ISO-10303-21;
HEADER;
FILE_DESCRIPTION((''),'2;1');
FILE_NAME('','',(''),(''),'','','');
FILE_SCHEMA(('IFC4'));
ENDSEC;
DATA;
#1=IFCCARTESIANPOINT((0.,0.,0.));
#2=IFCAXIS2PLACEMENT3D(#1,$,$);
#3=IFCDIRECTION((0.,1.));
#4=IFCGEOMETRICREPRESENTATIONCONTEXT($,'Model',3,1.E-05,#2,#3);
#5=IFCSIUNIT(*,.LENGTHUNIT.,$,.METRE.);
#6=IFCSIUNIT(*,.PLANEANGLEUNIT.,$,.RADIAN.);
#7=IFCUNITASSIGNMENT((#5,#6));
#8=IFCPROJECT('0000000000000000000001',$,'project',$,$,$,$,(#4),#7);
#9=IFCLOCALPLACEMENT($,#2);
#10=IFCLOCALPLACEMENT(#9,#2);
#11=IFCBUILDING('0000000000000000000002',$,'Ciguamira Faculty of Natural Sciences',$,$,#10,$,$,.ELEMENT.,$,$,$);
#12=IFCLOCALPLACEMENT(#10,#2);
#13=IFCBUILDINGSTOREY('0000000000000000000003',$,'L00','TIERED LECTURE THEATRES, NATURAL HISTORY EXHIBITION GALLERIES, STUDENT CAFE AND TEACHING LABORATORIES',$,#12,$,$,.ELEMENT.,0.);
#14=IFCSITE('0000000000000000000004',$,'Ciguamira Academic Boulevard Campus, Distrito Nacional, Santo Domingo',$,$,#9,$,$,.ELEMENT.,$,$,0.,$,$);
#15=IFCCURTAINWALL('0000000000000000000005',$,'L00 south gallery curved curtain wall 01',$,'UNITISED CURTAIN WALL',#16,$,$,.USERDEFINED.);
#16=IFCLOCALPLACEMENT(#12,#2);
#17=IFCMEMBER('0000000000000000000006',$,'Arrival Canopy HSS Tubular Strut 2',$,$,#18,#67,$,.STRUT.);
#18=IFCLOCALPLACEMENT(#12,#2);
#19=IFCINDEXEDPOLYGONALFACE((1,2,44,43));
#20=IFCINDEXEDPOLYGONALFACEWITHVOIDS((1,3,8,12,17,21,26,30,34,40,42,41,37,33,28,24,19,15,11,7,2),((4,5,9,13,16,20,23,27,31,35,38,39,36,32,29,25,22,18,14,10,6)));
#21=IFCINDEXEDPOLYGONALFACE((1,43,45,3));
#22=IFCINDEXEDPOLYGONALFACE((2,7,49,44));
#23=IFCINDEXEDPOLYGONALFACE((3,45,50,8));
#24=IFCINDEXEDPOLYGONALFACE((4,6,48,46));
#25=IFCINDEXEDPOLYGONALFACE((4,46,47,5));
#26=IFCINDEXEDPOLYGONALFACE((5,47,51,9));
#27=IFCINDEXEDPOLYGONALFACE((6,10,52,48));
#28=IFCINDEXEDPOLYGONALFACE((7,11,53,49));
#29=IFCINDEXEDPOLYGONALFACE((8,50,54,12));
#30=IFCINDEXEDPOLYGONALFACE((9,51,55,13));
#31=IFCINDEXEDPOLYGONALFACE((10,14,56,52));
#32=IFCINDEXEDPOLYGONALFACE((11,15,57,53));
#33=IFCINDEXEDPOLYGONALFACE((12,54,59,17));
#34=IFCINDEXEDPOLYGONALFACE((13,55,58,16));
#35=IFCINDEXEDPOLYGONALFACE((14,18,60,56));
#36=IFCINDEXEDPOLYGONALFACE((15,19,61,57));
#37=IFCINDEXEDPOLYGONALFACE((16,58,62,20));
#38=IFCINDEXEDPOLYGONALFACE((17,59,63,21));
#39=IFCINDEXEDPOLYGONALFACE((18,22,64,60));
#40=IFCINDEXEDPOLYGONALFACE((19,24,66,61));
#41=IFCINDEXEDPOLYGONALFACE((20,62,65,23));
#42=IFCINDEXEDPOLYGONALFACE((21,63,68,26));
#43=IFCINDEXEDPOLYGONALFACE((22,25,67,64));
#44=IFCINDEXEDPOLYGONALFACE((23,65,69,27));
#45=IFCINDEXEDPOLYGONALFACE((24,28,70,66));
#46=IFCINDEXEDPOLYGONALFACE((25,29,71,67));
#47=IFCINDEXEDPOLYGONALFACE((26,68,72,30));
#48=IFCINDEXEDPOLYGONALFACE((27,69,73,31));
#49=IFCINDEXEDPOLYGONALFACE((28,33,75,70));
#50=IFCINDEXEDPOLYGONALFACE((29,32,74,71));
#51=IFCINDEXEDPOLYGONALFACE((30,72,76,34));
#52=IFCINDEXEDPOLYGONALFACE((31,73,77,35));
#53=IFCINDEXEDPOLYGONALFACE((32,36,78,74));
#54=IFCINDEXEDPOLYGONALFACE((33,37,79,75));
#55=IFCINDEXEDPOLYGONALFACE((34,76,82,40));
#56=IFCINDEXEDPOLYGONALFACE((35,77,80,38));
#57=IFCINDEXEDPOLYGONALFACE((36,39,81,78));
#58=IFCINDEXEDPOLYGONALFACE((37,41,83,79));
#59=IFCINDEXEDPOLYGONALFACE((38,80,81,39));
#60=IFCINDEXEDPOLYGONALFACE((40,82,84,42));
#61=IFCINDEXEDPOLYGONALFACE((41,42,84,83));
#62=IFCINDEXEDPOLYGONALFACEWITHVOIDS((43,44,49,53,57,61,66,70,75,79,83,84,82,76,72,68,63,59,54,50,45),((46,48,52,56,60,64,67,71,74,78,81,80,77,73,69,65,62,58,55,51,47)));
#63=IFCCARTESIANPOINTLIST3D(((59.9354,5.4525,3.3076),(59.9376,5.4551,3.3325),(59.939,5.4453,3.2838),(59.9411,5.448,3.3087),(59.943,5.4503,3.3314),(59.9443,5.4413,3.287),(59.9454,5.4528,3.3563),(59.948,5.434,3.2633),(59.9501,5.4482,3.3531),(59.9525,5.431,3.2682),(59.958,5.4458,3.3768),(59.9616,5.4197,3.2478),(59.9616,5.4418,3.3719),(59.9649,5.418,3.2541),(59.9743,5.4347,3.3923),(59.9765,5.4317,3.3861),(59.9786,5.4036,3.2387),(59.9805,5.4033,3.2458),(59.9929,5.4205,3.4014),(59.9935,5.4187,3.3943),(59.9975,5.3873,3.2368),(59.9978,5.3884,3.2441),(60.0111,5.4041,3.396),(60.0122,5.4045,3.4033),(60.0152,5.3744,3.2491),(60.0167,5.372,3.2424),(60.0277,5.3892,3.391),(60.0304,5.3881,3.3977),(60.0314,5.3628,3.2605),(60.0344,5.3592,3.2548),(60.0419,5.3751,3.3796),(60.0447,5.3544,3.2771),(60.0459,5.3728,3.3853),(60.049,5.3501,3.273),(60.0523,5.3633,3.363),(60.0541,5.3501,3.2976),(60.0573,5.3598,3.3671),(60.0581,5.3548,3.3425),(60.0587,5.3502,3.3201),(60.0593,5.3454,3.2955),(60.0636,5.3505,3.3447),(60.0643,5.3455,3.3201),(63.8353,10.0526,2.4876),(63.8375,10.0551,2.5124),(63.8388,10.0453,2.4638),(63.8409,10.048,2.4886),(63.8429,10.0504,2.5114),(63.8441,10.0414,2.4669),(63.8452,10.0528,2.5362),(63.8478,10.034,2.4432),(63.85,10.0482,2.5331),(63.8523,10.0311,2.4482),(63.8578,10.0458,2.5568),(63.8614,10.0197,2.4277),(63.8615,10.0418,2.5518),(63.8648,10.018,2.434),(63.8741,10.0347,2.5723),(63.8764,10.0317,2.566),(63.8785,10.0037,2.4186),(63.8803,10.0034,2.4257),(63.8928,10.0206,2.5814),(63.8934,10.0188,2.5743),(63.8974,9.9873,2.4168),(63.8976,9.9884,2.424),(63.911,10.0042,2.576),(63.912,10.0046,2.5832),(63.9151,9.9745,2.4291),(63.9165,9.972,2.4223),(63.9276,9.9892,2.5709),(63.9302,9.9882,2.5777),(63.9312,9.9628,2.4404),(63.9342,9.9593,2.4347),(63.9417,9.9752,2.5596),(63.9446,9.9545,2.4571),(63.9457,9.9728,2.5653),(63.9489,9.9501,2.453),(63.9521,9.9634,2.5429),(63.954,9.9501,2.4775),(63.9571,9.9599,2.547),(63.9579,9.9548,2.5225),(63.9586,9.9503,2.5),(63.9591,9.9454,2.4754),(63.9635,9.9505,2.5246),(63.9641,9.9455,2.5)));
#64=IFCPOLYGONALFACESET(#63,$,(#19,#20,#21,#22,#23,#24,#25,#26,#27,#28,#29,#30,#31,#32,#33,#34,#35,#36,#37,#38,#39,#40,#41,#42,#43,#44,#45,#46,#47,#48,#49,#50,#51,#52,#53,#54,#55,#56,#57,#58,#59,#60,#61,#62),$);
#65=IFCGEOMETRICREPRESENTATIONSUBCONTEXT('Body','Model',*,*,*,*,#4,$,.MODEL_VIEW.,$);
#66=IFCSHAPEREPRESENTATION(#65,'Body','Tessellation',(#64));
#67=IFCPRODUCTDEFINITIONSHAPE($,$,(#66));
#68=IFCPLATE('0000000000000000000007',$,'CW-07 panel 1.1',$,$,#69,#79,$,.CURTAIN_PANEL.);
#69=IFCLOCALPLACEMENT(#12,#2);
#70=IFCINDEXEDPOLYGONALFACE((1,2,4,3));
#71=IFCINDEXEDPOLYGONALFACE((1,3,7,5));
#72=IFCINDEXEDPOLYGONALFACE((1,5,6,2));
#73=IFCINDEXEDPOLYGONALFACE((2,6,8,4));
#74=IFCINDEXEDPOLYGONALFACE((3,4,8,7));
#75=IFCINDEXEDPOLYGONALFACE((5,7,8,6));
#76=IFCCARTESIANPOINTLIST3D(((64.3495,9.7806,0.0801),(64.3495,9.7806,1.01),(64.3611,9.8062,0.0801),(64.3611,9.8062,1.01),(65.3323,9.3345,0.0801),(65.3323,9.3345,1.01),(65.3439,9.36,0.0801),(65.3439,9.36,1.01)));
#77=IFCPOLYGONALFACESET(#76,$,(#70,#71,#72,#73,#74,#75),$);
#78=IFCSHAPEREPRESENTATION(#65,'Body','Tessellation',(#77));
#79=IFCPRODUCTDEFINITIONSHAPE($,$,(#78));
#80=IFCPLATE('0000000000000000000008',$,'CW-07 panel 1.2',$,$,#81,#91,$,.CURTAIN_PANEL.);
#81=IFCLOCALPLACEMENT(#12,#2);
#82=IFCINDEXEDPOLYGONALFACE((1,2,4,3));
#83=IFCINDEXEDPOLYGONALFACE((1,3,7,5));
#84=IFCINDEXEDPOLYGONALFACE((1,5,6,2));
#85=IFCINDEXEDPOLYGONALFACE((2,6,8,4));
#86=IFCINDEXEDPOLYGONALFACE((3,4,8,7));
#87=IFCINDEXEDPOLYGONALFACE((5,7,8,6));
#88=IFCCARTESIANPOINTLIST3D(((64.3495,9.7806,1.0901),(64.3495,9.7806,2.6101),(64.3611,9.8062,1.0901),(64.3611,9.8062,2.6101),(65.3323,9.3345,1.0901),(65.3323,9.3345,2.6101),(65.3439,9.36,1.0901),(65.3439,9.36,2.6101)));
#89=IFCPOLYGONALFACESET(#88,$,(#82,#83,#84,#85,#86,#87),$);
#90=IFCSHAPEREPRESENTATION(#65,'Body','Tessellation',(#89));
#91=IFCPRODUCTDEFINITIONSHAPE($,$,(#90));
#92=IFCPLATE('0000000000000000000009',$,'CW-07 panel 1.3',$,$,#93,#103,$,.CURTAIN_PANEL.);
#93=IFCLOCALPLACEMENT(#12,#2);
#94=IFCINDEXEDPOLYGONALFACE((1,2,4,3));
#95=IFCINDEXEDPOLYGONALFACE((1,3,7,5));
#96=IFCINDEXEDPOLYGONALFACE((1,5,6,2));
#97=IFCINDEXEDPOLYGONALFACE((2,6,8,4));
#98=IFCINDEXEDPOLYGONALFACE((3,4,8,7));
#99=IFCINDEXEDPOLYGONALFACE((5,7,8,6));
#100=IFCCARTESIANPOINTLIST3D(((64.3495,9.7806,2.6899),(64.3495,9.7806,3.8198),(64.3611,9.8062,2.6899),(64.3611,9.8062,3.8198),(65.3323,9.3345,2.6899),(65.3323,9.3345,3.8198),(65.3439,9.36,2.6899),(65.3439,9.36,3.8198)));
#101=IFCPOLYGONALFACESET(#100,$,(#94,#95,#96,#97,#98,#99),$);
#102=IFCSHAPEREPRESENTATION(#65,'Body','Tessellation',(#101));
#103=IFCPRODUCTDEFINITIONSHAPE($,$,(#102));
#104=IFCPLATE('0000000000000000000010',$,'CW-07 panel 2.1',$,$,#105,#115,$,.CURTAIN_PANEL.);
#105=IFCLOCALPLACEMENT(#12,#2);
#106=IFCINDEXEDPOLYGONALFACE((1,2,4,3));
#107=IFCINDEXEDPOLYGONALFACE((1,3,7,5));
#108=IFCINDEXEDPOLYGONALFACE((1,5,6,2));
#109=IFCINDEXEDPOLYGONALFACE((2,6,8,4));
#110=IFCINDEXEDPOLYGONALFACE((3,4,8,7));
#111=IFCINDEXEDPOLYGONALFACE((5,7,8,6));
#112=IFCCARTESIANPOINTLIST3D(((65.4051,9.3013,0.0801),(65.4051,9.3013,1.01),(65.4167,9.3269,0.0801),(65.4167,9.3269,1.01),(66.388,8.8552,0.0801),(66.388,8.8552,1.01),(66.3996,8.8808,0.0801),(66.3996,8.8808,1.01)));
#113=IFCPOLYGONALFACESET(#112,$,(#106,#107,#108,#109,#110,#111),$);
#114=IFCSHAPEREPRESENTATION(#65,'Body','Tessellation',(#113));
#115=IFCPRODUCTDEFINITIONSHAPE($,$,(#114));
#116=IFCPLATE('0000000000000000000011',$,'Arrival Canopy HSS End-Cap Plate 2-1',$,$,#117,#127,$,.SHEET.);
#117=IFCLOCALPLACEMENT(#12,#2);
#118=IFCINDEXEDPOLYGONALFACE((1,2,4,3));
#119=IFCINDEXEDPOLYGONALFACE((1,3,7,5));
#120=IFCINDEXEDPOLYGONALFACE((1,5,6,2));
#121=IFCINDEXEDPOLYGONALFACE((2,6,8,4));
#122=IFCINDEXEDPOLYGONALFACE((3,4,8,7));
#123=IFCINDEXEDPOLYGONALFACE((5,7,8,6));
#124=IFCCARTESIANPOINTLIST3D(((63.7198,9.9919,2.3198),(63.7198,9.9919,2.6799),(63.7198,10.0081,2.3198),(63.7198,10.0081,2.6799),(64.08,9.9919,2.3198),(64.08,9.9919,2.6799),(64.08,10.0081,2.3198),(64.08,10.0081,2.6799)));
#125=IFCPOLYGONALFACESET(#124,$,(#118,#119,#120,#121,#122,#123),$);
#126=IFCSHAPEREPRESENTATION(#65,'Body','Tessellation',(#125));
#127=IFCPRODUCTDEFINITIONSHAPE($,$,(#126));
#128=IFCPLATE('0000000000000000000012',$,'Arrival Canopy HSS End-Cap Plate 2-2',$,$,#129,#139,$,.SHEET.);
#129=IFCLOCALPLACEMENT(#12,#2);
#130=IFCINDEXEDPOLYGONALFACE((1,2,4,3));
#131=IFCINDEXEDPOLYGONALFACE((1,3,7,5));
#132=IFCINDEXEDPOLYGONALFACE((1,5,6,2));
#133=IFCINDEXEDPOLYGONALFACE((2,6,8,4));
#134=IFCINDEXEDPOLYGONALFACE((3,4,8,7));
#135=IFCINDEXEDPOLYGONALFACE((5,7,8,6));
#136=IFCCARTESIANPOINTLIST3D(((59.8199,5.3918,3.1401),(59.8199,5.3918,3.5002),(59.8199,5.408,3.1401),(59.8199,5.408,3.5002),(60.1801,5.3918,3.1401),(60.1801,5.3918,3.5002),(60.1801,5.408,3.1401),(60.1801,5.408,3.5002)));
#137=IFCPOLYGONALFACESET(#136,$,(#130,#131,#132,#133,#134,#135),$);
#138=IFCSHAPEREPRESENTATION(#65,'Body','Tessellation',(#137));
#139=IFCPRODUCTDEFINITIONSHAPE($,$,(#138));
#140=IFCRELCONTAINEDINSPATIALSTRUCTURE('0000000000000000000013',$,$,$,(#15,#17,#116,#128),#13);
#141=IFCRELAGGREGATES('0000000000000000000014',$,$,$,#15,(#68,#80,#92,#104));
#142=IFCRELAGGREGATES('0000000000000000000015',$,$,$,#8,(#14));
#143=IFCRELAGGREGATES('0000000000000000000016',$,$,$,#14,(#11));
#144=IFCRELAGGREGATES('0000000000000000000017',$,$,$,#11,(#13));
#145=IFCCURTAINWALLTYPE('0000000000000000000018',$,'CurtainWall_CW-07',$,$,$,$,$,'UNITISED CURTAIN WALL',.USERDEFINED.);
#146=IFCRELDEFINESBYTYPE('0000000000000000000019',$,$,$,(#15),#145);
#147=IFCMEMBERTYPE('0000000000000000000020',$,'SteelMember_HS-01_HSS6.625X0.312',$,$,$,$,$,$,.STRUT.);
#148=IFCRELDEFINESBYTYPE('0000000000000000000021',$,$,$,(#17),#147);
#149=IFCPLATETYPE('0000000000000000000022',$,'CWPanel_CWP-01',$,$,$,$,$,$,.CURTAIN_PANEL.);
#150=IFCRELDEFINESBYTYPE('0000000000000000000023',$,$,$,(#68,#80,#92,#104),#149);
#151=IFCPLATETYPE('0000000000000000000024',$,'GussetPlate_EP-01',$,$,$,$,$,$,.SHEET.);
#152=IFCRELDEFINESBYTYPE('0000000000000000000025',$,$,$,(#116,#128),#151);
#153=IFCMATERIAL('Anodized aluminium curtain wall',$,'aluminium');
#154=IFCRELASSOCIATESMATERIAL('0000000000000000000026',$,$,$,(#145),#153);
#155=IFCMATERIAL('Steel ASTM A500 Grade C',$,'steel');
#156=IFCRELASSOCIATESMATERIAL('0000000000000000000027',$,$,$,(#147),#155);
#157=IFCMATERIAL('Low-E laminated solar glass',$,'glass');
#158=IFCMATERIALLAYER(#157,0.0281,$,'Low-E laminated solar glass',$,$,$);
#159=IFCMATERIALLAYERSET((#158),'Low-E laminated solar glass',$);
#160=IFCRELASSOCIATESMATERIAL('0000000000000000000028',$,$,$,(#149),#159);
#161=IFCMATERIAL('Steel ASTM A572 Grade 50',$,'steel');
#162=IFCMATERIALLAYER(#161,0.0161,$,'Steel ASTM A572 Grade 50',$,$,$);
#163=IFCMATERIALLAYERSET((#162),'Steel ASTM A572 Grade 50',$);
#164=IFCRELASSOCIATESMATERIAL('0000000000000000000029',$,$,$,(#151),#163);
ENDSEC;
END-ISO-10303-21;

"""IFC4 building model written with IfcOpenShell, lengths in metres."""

from ifc_helpers import new_model, si_unit, direction, frame, origin, origin_2d, place, context, subcontext, project, spatial, rectangle, hollow_circle, extrude, material, layer, layer_set, material_profile, profile_set, type_object, element, aggregate, save


model = new_model("IFC4")

# Units and contexts
model_context = context("Model", 3, precision=1e-05, world=origin(), true_north=direction((0.0, 1.0)))
body_context = subcontext(model_context, "Body", "Model", "MODEL_VIEW")
ifc_project = project(units=[si_unit("LENGTHUNIT", "METRE"), si_unit("PLANEANGLEUNIT", "RADIAN")], contexts=[model_context])

# Site, building, storey
site_placement = place(None, origin())
site = spatial("IfcSite", under=ifc_project, at=site_placement, Name="Ciguamira Academic Boulevard Campus, Distrito Nacional, Santo Domingo", CompositionType="ELEMENT", RefElevation=0.0)
building_placement = place(site_placement, origin())
building = spatial("IfcBuilding", under=site, at=building_placement, Name="Ciguamira Faculty of Natural Sciences", CompositionType="ELEMENT")
storey_placement = place(building_placement, origin())
storey = spatial("IfcBuildingStorey", under=building, at=storey_placement, Name="L00", Description="TIERED LECTURE THEATRES, NATURAL HISTORY EXHIBITION GALLERIES, STUDENT CAFE AND TEACHING LABORATORIES", CompositionType="ELEMENT", Elevation=0.0)

# Curtain wall
ifc_material_1 = material(Name="Anodized aluminium curtain wall", Category="aluminium")
curtain_wall_type = type_object("IfcCurtainWallType", Name="CurtainWall_CW-07", ElementType="UNITISED CURTAIN WALL", PredefinedType="USERDEFINED", material=ifc_material_1)
curtain_wall_placement = place(storey_placement, origin())
curtain_wall = element("IfcCurtainWall", 1, at=curtain_wall_placement, inside=storey, type_object=curtain_wall_type, Name="L00 south gallery curved curtain wall 01", ObjectType="UNITISED CURTAIN WALL", PredefinedType="USERDEFINED")

# Member
ifc_material_2 = material(Name="Steel ASTM A500 Grade C", Category="steel")
ifc_material_profile_1 = material_profile(ifc_material_2, hollow_circle(Radius=0.0842, WallThickness=0.0073, at=origin_2d()), Name="HSS6.625X0.312")
ifc_profile_set_1 = profile_set([ifc_material_profile_1], Name="Steel ASTM A500 Grade C")
member_type_1 = type_object("IfcMemberType", Name="SteelMember_HS-01_HSS6.625X0.312", PredefinedType="STRUT", material=ifc_profile_set_1)
member_1_placement = place(storey_placement, frame((63.8999, 10.0, 2.5), z_axis=(-0.640771, -0.755816, 0.134741), x_axis=(0.762772, -0.646668, 0.0)))
element("IfcMember", 2, at=member_1_placement, inside=storey, type_object=member_type_1, Name="Arrival Canopy HSS Tubular Strut 2", PredefinedType="STRUT", context=body_context, shape_type="SweptSolid", body=[
    extrude(hollow_circle(Radius=0.0842, WallThickness=0.0073, at=origin_2d()), origin(), (0.0, 0.0, 1.0), 6.0862),
])

# Plates
ifc_material_3 = material(Name="Low-E laminated solar glass", Category="glass")
ifc_layer_1 = layer(ifc_material_3, 0.0281, Name="Low-E laminated solar glass")
ifc_layer_set_1 = layer_set([ifc_layer_1], Name="Low-E laminated solar glass")
plate_type_1 = type_object("IfcPlateType", Name="CWPanel_CWP-01", PredefinedType="CURTAIN_PANEL", material=ifc_layer_set_1)
plate_1_placement = place(storey_placement, frame((64.8467, 9.5703, 0.0801), z_axis=(0.0, 0.0, 1.0), x_axis=(0.910581, -0.413332, 0.0)))
plate_1 = element("IfcPlate", 3, at=plate_1_placement, type_object=plate_type_1, Name="CW-07 panel 1.1", PredefinedType="CURTAIN_PANEL", context=body_context, shape_type="SweptSolid", body=[
    extrude(rectangle(XDim=1.0793, YDim=0.0281, at=origin_2d()), origin(), (0.0, 0.0, 1.0), 0.9299),
])
plate_2_placement = place(storey_placement, frame((64.8467, 9.5703, 1.0901), z_axis=(0.0, 0.0, 1.0), x_axis=(0.910581, -0.413332, 0.0)))
plate_2 = element("IfcPlate", 4, at=plate_2_placement, type_object=plate_type_1, Name="CW-07 panel 1.2", PredefinedType="CURTAIN_PANEL", context=body_context, shape_type="SweptSolid", body=[
    extrude(rectangle(XDim=1.0793, YDim=0.0281, at=origin_2d()), origin(), (0.0, 0.0, 1.0), 1.52),
])
plate_3_placement = place(storey_placement, frame((64.8467, 9.5703, 2.6899), z_axis=(0.0, 0.0, 1.0), x_axis=(0.910581, -0.413332, 0.0)))
plate_3 = element("IfcPlate", 5, at=plate_3_placement, type_object=plate_type_1, Name="CW-07 panel 1.3", PredefinedType="CURTAIN_PANEL", context=body_context, shape_type="SweptSolid", body=[
    extrude(rectangle(XDim=1.0793, YDim=0.0281, at=origin_2d()), origin(), (0.0, 0.0, 1.0), 1.1299),
])
plate_4_placement = place(storey_placement, frame((65.9023, 9.0911, 0.0801), z_axis=(0.0, 0.0, 1.0), x_axis=(0.910581, -0.413332, 0.0)))
plate_4 = element("IfcPlate", 6, at=plate_4_placement, type_object=plate_type_1, Name="CW-07 panel 2.1", PredefinedType="CURTAIN_PANEL", context=body_context, shape_type="SweptSolid", body=[
    extrude(rectangle(XDim=1.0793, YDim=0.0281, at=origin_2d()), origin(), (0.0, 0.0, 1.0), 0.9299),
])
aggregate(curtain_wall, [plate_1, plate_2, plate_3, plate_4])

# Plates
ifc_material_4 = material(Name="Steel ASTM A572 Grade 50", Category="steel")
ifc_layer_2 = layer(ifc_material_4, 0.0161, Name="Steel ASTM A572 Grade 50")
ifc_layer_set_2 = layer_set([ifc_layer_2], Name="Steel ASTM A572 Grade 50")
plate_type_2 = type_object("IfcPlateType", Name="GussetPlate_EP-01", PredefinedType="SHEET", material=ifc_layer_set_2)
for number, where, z_axis, x_axis, name in (
    (7, (63.8999, 10.0, 2.3198), (0.0, 0.0, 1.0), (1.0, 0.0, 0.0), "Arrival Canopy HSS End-Cap Plate 2-1"),
    (8, (60.0, 5.3999, 3.1401), (0.0, 0.0, 1.0), (1.0, 0.0, 0.0), "Arrival Canopy HSS End-Cap Plate 2-2"),
):
    element("IfcPlate", number, at=place(storey_placement, frame(where, z_axis=z_axis, x_axis=x_axis)), inside=storey, type_object=plate_type_2, Name=name, PredefinedType="SHEET", context=body_context, shape_type="SweptSolid", body=[
        extrude(rectangle(XDim=0.3601, YDim=0.0161, at=origin_2d()), origin(), (0.0, 0.0, 1.0), 0.3601),
    ])

save(model, "model.ifc")
